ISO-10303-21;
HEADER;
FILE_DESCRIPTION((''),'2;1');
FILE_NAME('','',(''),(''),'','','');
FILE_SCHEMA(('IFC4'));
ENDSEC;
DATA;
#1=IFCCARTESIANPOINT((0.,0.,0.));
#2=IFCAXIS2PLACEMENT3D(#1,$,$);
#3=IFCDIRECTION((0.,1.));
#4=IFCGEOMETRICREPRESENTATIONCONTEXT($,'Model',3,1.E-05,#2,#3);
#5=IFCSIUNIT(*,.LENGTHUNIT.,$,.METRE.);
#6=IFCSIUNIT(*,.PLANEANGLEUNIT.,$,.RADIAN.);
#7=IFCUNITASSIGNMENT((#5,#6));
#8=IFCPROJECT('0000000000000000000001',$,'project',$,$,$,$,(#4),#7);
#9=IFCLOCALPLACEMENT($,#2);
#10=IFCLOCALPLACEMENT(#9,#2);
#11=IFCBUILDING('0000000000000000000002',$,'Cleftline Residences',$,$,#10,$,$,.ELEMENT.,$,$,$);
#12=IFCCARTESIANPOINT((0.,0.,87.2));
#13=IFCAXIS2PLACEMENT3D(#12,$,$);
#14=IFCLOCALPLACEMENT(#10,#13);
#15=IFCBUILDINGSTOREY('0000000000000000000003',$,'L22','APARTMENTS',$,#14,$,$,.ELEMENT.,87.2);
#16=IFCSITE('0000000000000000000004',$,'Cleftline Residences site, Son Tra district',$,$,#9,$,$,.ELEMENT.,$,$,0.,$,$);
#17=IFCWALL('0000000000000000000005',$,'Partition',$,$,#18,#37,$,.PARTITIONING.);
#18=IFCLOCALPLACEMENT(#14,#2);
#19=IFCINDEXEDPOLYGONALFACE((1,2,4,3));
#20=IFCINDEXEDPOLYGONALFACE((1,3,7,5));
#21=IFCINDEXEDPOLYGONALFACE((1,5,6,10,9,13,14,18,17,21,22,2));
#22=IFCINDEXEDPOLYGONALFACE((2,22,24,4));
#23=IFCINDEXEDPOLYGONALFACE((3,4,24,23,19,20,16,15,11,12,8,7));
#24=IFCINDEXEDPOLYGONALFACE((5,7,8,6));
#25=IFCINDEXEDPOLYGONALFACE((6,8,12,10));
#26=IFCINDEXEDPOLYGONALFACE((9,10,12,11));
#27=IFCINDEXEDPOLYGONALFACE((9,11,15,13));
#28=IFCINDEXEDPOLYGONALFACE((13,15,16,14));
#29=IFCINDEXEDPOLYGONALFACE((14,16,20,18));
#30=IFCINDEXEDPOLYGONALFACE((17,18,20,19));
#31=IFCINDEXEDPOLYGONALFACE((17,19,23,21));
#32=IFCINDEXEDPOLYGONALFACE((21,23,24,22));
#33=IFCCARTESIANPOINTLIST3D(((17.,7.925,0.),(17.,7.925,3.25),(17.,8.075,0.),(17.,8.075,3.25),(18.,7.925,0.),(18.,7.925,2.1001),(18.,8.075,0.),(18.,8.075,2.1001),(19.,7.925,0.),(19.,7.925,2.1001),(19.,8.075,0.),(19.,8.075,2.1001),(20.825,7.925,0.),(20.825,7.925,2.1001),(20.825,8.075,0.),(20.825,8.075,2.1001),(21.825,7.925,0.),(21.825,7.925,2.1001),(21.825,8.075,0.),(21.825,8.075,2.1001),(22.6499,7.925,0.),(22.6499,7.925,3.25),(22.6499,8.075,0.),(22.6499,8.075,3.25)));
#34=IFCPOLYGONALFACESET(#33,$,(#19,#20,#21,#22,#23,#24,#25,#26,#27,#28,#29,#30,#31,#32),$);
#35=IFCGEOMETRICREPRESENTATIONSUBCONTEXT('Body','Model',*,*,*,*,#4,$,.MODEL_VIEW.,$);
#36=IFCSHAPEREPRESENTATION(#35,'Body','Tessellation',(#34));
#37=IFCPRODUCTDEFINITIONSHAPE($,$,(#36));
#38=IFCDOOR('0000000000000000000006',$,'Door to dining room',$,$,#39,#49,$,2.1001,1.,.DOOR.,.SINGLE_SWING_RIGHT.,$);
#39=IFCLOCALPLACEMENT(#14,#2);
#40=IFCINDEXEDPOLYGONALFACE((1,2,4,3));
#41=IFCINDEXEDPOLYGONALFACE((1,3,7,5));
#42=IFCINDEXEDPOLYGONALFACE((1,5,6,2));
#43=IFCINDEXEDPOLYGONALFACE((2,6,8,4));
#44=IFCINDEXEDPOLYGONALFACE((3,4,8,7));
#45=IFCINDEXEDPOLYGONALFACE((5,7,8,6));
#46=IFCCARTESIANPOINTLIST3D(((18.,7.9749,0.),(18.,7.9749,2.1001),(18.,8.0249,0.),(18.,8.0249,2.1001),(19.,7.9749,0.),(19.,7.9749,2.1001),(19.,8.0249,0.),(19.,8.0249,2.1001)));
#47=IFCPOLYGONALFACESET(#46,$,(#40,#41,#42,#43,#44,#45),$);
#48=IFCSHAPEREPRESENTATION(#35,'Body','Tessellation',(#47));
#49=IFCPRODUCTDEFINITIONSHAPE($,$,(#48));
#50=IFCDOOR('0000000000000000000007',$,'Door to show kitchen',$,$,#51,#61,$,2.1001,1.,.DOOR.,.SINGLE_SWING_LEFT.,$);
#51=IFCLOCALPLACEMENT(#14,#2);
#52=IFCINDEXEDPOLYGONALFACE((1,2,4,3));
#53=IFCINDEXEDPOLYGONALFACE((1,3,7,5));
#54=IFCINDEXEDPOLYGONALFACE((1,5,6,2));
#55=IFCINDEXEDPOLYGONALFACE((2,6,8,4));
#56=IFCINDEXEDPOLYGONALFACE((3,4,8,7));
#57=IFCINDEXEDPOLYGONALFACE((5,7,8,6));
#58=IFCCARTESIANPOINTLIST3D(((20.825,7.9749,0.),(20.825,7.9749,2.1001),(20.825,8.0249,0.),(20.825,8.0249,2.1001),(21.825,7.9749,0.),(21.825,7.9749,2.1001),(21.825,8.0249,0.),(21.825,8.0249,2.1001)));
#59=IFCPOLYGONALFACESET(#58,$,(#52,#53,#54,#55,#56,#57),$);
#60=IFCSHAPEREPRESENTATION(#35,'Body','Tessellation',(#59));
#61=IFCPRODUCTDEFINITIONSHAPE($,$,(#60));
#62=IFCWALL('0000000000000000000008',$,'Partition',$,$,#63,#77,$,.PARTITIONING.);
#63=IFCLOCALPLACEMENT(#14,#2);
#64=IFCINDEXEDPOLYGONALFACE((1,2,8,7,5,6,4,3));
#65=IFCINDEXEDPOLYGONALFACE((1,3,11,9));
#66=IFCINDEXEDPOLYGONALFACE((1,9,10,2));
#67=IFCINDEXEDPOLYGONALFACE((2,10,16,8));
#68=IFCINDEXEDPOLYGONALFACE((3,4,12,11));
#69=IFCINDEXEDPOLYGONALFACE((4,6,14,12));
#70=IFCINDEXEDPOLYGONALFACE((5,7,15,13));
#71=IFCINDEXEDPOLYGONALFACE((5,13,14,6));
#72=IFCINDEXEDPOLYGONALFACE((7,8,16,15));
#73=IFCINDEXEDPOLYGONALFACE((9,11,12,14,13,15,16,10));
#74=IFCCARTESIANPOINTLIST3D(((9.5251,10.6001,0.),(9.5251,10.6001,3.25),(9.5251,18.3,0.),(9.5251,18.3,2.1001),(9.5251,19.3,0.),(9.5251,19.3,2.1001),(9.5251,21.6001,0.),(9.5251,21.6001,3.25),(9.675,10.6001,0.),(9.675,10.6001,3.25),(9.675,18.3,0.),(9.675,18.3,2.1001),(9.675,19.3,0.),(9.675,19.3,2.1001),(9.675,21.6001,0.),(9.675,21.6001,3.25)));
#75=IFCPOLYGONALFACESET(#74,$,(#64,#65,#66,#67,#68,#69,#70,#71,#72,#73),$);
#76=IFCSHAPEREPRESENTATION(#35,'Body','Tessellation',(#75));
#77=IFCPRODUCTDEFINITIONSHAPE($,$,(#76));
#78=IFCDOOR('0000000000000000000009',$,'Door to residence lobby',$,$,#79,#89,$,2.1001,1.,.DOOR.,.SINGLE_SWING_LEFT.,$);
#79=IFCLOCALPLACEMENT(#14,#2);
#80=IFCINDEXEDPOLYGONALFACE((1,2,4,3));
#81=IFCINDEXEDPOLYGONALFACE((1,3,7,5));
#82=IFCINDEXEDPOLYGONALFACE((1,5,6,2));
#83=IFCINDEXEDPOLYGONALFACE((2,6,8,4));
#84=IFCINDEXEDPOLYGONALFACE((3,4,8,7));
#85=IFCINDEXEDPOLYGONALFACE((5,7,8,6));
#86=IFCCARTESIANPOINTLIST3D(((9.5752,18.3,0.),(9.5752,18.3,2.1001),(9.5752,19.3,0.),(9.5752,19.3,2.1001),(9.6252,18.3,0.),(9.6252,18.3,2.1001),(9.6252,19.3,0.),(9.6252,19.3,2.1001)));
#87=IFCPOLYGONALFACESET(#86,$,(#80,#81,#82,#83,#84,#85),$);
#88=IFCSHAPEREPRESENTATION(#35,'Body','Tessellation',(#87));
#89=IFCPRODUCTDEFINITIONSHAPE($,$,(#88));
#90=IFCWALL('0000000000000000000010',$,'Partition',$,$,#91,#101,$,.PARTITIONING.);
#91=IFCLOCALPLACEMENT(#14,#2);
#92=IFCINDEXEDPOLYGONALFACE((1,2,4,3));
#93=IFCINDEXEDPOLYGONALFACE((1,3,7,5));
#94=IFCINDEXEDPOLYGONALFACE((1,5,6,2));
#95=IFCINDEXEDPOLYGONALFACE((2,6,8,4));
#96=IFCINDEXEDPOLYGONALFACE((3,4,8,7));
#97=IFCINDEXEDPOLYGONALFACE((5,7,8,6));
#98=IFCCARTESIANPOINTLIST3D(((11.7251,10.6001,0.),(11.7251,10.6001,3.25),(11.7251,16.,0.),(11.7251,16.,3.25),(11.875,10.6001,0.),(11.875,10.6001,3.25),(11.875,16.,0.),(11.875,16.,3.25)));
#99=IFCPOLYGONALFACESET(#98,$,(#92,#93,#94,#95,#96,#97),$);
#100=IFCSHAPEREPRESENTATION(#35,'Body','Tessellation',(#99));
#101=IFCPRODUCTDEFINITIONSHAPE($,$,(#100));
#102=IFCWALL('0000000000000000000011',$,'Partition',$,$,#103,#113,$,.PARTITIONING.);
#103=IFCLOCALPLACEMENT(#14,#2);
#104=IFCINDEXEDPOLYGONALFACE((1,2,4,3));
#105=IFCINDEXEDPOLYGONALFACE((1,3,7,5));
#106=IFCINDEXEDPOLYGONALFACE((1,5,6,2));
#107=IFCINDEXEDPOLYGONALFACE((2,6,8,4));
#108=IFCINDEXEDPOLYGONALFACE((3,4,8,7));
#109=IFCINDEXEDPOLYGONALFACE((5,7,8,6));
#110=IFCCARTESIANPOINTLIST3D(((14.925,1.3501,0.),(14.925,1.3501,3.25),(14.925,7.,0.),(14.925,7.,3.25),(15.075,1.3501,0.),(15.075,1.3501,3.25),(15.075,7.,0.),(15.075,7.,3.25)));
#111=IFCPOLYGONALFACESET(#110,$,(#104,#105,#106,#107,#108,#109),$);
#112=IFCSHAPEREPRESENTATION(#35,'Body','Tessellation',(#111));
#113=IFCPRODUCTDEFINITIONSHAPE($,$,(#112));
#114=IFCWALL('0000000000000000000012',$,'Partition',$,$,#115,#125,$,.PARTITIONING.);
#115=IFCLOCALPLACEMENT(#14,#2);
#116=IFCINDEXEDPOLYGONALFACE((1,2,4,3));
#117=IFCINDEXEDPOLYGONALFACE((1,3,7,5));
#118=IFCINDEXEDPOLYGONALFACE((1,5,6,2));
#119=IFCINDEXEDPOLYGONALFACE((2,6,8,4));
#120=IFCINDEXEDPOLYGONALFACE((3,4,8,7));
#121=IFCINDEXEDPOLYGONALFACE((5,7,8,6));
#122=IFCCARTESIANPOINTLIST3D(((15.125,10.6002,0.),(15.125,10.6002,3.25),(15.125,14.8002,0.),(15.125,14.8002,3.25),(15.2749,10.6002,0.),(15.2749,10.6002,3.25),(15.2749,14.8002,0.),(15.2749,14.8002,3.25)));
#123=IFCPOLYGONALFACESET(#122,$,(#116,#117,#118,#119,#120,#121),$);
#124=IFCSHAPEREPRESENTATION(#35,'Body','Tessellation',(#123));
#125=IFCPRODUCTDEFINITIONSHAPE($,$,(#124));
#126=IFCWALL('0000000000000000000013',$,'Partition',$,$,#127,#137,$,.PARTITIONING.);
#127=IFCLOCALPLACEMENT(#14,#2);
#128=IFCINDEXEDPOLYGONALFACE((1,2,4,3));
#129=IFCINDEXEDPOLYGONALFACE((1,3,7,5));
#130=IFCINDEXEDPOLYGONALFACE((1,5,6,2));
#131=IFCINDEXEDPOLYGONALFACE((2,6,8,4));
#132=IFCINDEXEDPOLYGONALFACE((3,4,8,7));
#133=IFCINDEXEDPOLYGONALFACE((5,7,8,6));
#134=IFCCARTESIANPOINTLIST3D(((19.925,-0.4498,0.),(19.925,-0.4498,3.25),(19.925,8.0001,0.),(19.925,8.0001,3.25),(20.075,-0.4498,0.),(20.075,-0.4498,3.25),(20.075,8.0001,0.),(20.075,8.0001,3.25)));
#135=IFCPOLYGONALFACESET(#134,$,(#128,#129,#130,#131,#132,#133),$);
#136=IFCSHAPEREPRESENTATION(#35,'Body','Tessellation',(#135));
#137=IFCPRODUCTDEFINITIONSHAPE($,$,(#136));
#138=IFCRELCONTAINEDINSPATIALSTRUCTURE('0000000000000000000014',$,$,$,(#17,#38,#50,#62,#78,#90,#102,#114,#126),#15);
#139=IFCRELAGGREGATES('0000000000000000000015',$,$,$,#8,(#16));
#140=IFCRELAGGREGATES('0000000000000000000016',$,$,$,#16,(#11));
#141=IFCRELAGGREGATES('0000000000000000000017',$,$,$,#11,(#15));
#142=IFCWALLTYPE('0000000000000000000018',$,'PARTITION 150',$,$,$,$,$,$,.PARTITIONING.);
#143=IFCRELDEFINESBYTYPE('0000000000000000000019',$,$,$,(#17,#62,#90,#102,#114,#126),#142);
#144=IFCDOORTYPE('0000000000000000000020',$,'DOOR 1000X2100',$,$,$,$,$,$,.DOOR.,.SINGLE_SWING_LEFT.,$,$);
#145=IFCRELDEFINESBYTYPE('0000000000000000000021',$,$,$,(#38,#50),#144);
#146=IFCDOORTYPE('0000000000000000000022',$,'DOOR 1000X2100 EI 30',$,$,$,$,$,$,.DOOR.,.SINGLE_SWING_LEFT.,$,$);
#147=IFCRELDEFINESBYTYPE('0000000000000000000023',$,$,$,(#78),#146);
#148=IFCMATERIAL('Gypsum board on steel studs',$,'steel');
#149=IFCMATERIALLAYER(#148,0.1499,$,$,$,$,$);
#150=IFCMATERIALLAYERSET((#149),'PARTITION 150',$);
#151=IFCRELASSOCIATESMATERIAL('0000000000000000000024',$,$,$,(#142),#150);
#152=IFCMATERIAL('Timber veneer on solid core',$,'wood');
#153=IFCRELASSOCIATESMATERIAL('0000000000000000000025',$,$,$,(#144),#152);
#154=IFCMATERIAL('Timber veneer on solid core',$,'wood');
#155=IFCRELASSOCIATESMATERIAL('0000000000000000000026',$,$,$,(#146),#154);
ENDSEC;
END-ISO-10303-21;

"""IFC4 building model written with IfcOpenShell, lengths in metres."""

from ifc_helpers import new_model, si_unit, direction, frame, frame_2d, origin, place, context, subcontext, project, spatial, rectangle, extrude, material, layer, layer_set, type_object, element, fill, save


model = new_model("IFC4")

# Units and contexts
model_context = context("Model", 3, precision=1e-05, world=origin(), true_north=direction((0.0, 1.0)))
body_context = subcontext(model_context, "Body", "Model", "MODEL_VIEW")
ifc_project = project(units=[si_unit("LENGTHUNIT", "METRE"), si_unit("PLANEANGLEUNIT", "RADIAN")], contexts=[model_context])

# Site, building, storey
site_placement = place(None, origin())
site = spatial("IfcSite", under=ifc_project, at=site_placement, Name="Cleftline Residences site, Son Tra district", CompositionType="ELEMENT", RefElevation=0.0)
building_placement = place(site_placement, origin())
building = spatial("IfcBuilding", under=site, at=building_placement, Name="Cleftline Residences", CompositionType="ELEMENT")
storey_placement = place(building_placement, frame((0.0, 0.0, 87.2)))
storey = spatial("IfcBuildingStorey", under=building, at=storey_placement, Name="L22", Description="APARTMENTS", CompositionType="ELEMENT", Elevation=87.2)

# Shared definitions
ifc_material_1 = material(Name="Gypsum board on steel studs", Category="steel")
ifc_layer_1 = layer(ifc_material_1, 0.1499)
ifc_layer_set_1 = layer_set([ifc_layer_1], Name="PARTITION 150")
wall_type = type_object("IfcWallType", Name="PARTITION 150", PredefinedType="PARTITIONING", material=ifc_layer_set_1)
ifc_material_2 = material(Name="Timber veneer on solid core", Category="wood")
door_type_1 = type_object("IfcDoorType", Name="DOOR 1000X2100", OperationType="SINGLE_SWING_LEFT", PredefinedType="DOOR", material=ifc_material_2)

# Wall, openings, doors
wall_1_placement = place(storey_placement, frame((17.0, 8.0, 0.0), z_axis=(0.0, 0.0, 1.0), x_axis=(1.0, 0.0, 0.0)))
wall_1 = element("IfcWall", 1, at=wall_1_placement, inside=storey, type_object=wall_type, Name="Partition", PredefinedType="PARTITIONING", context=body_context, shape_type="SweptSolid", body=[
    extrude(rectangle(XDim=5.6499, YDim=0.1499, at=frame_2d((2.825, 0.0))), origin(), (0.0, 0.0, 1.0), 3.25),
])
opening_1_placement = place(wall_1_placement, frame((1.0, 0.0, 0.0)))
opening_1 = element("IfcOpeningElement", 2, at=opening_1_placement, cuts=wall_1, PredefinedType="OPENING", context=body_context, shape_type="SweptSolid", body=[
    extrude(rectangle(XDim=1.0, YDim=2.1001, at=frame_2d((0.5, 1.05))), frame((0.0, 0.085, 0.0), z_axis=(0.0, -1.0, 0.0), x_axis=(1.0, 0.0, 0.0)), (0.0, 0.0, 1.0), 0.1699),
])
opening_2_placement = place(wall_1_placement, frame((3.825, 0.0, 0.0)))
opening_2 = element("IfcOpeningElement", 3, at=opening_2_placement, cuts=wall_1, PredefinedType="OPENING", context=body_context, shape_type="SweptSolid", body=[
    extrude(rectangle(XDim=1.0, YDim=2.1001, at=frame_2d((0.5, 1.05))), frame((0.0, 0.085, 0.0), z_axis=(0.0, -1.0, 0.0), x_axis=(1.0, 0.0, 0.0)), (0.0, 0.0, 1.0), 0.1699),
])
door_1_placement = place(opening_1_placement, origin())
door_1 = element("IfcDoor", 4, at=door_1_placement, inside=storey, type_object=door_type_1, Name="Door to dining room", OperationType="SINGLE_SWING_RIGHT", OverallHeight=2.1001, OverallWidth=1.0, PredefinedType="DOOR", context=body_context, shape_type="SweptSolid", body=[
    extrude(rectangle(XDim=1.0, YDim=2.1001, at=frame_2d((0.5, 1.05))), frame((0.0, 0.0249, 0.0), z_axis=(0.0, -1.0, 0.0), x_axis=(1.0, 0.0, 0.0)), (0.0, 0.0, 1.0), 0.05),
])
fill(opening_1, door_1)
door_2_placement = place(opening_2_placement, origin())
door_2 = element("IfcDoor", 5, at=door_2_placement, inside=storey, type_object=door_type_1, Name="Door to show kitchen", OperationType="SINGLE_SWING_LEFT", OverallHeight=2.1001, OverallWidth=1.0, PredefinedType="DOOR", context=body_context, shape_type="SweptSolid", body=[
    extrude(rectangle(XDim=1.0, YDim=2.1001, at=frame_2d((0.5, 1.05))), frame((0.0, 0.0249, 0.0), z_axis=(0.0, -1.0, 0.0), x_axis=(1.0, 0.0, 0.0)), (0.0, 0.0, 1.0), 0.05),
])
fill(opening_2, door_2)

# Wall, opening, door
wall_2_placement = place(storey_placement, frame((9.6001, 10.6001, 0.0), z_axis=(0.0, 0.0, 1.0), x_axis=(0.0, 1.0, 0.0)))
wall_2 = element("IfcWall", 6, at=wall_2_placement, inside=storey, type_object=wall_type, Name="Partition", PredefinedType="PARTITIONING", context=body_context, shape_type="SweptSolid", body=[
    extrude(rectangle(XDim=11.0, YDim=0.1499, at=frame_2d((5.5, 0.0))), origin(), (0.0, 0.0, 1.0), 3.25),
])
opening_3_placement = place(wall_2_placement, frame((7.7, 0.0, 0.0)))
opening_3 = element("IfcOpeningElement", 7, at=opening_3_placement, cuts=wall_2, PredefinedType="OPENING", context=body_context, shape_type="SweptSolid", body=[
    extrude(rectangle(XDim=1.0, YDim=2.1001, at=frame_2d((0.5, 1.05))), frame((0.0, 0.085, 0.0), z_axis=(0.0, -1.0, 0.0), x_axis=(1.0, 0.0, 0.0)), (0.0, 0.0, 1.0), 0.1699),
])
ifc_material_3 = material(Name="Timber veneer on solid core", Category="wood")
door_type_2 = type_object("IfcDoorType", Name="DOOR 1000X2100 EI 30", OperationType="SINGLE_SWING_LEFT", PredefinedType="DOOR", material=ifc_material_3)
door_3_placement = place(opening_3_placement, origin())
door_3 = element("IfcDoor", 8, at=door_3_placement, inside=storey, type_object=door_type_2, Name="Door to residence lobby", OperationType="SINGLE_SWING_LEFT", OverallHeight=2.1001, OverallWidth=1.0, PredefinedType="DOOR", context=body_context, shape_type="SweptSolid", body=[
    extrude(rectangle(XDim=1.0, YDim=2.1001, at=frame_2d((0.5, 1.05))), frame((0.0, 0.0249, 0.0), z_axis=(0.0, -1.0, 0.0), x_axis=(1.0, 0.0, 0.0)), (0.0, 0.0, 1.0), 0.05),
])
fill(opening_3, door_3)

# Walls
wall_3_placement = place(storey_placement, frame((11.8, 10.6001, 0.0), z_axis=(0.0, 0.0, 1.0), x_axis=(0.0, 1.0, 0.0)))
element("IfcWall", 9, at=wall_3_placement, inside=storey, type_object=wall_type, Name="Partition", PredefinedType="PARTITIONING", context=body_context, shape_type="SweptSolid", body=[
    extrude(rectangle(XDim=5.3999, YDim=0.1499, at=frame_2d((2.7, 0.0))), origin(), (0.0, 0.0, 1.0), 3.25),
])
wall_4_placement = place(storey_placement, frame((15.0, 1.3501, 0.0), z_axis=(0.0, 0.0, 1.0), x_axis=(0.0, 1.0, 0.0)))
element("IfcWall", 10, at=wall_4_placement, inside=storey, type_object=wall_type, Name="Partition", PredefinedType="PARTITIONING", context=body_context, shape_type="SweptSolid", body=[
    extrude(rectangle(XDim=5.6499, YDim=0.1499, at=frame_2d((2.825, 0.0))), origin(), (0.0, 0.0, 1.0), 3.25),
])
wall_5_placement = place(storey_placement, frame((15.2, 10.6001, 0.0), z_axis=(0.0, 0.0, 1.0), x_axis=(0.0, 1.0, 0.0)))
element("IfcWall", 11, at=wall_5_placement, inside=storey, type_object=wall_type, Name="Partition", PredefinedType="PARTITIONING", context=body_context, shape_type="SweptSolid", body=[
    extrude(rectangle(XDim=4.2, YDim=0.1499, at=frame_2d((2.1001, 0.0))), origin(), (0.0, 0.0, 1.0), 3.25),
])
wall_6_placement = place(storey_placement, frame((20.0, -0.45, 0.0), z_axis=(0.0, 0.0, 1.0), x_axis=(0.0, 1.0, 0.0)))
element("IfcWall", 12, at=wall_6_placement, inside=storey, type_object=wall_type, Name="Partition", PredefinedType="PARTITIONING", context=body_context, shape_type="SweptSolid", body=[
    extrude(rectangle(XDim=8.45, YDim=0.1499, at=frame_2d((4.2251, 0.0))), origin(), (0.0, 0.0, 1.0), 3.25),
])

save(model, "model.ifc")
